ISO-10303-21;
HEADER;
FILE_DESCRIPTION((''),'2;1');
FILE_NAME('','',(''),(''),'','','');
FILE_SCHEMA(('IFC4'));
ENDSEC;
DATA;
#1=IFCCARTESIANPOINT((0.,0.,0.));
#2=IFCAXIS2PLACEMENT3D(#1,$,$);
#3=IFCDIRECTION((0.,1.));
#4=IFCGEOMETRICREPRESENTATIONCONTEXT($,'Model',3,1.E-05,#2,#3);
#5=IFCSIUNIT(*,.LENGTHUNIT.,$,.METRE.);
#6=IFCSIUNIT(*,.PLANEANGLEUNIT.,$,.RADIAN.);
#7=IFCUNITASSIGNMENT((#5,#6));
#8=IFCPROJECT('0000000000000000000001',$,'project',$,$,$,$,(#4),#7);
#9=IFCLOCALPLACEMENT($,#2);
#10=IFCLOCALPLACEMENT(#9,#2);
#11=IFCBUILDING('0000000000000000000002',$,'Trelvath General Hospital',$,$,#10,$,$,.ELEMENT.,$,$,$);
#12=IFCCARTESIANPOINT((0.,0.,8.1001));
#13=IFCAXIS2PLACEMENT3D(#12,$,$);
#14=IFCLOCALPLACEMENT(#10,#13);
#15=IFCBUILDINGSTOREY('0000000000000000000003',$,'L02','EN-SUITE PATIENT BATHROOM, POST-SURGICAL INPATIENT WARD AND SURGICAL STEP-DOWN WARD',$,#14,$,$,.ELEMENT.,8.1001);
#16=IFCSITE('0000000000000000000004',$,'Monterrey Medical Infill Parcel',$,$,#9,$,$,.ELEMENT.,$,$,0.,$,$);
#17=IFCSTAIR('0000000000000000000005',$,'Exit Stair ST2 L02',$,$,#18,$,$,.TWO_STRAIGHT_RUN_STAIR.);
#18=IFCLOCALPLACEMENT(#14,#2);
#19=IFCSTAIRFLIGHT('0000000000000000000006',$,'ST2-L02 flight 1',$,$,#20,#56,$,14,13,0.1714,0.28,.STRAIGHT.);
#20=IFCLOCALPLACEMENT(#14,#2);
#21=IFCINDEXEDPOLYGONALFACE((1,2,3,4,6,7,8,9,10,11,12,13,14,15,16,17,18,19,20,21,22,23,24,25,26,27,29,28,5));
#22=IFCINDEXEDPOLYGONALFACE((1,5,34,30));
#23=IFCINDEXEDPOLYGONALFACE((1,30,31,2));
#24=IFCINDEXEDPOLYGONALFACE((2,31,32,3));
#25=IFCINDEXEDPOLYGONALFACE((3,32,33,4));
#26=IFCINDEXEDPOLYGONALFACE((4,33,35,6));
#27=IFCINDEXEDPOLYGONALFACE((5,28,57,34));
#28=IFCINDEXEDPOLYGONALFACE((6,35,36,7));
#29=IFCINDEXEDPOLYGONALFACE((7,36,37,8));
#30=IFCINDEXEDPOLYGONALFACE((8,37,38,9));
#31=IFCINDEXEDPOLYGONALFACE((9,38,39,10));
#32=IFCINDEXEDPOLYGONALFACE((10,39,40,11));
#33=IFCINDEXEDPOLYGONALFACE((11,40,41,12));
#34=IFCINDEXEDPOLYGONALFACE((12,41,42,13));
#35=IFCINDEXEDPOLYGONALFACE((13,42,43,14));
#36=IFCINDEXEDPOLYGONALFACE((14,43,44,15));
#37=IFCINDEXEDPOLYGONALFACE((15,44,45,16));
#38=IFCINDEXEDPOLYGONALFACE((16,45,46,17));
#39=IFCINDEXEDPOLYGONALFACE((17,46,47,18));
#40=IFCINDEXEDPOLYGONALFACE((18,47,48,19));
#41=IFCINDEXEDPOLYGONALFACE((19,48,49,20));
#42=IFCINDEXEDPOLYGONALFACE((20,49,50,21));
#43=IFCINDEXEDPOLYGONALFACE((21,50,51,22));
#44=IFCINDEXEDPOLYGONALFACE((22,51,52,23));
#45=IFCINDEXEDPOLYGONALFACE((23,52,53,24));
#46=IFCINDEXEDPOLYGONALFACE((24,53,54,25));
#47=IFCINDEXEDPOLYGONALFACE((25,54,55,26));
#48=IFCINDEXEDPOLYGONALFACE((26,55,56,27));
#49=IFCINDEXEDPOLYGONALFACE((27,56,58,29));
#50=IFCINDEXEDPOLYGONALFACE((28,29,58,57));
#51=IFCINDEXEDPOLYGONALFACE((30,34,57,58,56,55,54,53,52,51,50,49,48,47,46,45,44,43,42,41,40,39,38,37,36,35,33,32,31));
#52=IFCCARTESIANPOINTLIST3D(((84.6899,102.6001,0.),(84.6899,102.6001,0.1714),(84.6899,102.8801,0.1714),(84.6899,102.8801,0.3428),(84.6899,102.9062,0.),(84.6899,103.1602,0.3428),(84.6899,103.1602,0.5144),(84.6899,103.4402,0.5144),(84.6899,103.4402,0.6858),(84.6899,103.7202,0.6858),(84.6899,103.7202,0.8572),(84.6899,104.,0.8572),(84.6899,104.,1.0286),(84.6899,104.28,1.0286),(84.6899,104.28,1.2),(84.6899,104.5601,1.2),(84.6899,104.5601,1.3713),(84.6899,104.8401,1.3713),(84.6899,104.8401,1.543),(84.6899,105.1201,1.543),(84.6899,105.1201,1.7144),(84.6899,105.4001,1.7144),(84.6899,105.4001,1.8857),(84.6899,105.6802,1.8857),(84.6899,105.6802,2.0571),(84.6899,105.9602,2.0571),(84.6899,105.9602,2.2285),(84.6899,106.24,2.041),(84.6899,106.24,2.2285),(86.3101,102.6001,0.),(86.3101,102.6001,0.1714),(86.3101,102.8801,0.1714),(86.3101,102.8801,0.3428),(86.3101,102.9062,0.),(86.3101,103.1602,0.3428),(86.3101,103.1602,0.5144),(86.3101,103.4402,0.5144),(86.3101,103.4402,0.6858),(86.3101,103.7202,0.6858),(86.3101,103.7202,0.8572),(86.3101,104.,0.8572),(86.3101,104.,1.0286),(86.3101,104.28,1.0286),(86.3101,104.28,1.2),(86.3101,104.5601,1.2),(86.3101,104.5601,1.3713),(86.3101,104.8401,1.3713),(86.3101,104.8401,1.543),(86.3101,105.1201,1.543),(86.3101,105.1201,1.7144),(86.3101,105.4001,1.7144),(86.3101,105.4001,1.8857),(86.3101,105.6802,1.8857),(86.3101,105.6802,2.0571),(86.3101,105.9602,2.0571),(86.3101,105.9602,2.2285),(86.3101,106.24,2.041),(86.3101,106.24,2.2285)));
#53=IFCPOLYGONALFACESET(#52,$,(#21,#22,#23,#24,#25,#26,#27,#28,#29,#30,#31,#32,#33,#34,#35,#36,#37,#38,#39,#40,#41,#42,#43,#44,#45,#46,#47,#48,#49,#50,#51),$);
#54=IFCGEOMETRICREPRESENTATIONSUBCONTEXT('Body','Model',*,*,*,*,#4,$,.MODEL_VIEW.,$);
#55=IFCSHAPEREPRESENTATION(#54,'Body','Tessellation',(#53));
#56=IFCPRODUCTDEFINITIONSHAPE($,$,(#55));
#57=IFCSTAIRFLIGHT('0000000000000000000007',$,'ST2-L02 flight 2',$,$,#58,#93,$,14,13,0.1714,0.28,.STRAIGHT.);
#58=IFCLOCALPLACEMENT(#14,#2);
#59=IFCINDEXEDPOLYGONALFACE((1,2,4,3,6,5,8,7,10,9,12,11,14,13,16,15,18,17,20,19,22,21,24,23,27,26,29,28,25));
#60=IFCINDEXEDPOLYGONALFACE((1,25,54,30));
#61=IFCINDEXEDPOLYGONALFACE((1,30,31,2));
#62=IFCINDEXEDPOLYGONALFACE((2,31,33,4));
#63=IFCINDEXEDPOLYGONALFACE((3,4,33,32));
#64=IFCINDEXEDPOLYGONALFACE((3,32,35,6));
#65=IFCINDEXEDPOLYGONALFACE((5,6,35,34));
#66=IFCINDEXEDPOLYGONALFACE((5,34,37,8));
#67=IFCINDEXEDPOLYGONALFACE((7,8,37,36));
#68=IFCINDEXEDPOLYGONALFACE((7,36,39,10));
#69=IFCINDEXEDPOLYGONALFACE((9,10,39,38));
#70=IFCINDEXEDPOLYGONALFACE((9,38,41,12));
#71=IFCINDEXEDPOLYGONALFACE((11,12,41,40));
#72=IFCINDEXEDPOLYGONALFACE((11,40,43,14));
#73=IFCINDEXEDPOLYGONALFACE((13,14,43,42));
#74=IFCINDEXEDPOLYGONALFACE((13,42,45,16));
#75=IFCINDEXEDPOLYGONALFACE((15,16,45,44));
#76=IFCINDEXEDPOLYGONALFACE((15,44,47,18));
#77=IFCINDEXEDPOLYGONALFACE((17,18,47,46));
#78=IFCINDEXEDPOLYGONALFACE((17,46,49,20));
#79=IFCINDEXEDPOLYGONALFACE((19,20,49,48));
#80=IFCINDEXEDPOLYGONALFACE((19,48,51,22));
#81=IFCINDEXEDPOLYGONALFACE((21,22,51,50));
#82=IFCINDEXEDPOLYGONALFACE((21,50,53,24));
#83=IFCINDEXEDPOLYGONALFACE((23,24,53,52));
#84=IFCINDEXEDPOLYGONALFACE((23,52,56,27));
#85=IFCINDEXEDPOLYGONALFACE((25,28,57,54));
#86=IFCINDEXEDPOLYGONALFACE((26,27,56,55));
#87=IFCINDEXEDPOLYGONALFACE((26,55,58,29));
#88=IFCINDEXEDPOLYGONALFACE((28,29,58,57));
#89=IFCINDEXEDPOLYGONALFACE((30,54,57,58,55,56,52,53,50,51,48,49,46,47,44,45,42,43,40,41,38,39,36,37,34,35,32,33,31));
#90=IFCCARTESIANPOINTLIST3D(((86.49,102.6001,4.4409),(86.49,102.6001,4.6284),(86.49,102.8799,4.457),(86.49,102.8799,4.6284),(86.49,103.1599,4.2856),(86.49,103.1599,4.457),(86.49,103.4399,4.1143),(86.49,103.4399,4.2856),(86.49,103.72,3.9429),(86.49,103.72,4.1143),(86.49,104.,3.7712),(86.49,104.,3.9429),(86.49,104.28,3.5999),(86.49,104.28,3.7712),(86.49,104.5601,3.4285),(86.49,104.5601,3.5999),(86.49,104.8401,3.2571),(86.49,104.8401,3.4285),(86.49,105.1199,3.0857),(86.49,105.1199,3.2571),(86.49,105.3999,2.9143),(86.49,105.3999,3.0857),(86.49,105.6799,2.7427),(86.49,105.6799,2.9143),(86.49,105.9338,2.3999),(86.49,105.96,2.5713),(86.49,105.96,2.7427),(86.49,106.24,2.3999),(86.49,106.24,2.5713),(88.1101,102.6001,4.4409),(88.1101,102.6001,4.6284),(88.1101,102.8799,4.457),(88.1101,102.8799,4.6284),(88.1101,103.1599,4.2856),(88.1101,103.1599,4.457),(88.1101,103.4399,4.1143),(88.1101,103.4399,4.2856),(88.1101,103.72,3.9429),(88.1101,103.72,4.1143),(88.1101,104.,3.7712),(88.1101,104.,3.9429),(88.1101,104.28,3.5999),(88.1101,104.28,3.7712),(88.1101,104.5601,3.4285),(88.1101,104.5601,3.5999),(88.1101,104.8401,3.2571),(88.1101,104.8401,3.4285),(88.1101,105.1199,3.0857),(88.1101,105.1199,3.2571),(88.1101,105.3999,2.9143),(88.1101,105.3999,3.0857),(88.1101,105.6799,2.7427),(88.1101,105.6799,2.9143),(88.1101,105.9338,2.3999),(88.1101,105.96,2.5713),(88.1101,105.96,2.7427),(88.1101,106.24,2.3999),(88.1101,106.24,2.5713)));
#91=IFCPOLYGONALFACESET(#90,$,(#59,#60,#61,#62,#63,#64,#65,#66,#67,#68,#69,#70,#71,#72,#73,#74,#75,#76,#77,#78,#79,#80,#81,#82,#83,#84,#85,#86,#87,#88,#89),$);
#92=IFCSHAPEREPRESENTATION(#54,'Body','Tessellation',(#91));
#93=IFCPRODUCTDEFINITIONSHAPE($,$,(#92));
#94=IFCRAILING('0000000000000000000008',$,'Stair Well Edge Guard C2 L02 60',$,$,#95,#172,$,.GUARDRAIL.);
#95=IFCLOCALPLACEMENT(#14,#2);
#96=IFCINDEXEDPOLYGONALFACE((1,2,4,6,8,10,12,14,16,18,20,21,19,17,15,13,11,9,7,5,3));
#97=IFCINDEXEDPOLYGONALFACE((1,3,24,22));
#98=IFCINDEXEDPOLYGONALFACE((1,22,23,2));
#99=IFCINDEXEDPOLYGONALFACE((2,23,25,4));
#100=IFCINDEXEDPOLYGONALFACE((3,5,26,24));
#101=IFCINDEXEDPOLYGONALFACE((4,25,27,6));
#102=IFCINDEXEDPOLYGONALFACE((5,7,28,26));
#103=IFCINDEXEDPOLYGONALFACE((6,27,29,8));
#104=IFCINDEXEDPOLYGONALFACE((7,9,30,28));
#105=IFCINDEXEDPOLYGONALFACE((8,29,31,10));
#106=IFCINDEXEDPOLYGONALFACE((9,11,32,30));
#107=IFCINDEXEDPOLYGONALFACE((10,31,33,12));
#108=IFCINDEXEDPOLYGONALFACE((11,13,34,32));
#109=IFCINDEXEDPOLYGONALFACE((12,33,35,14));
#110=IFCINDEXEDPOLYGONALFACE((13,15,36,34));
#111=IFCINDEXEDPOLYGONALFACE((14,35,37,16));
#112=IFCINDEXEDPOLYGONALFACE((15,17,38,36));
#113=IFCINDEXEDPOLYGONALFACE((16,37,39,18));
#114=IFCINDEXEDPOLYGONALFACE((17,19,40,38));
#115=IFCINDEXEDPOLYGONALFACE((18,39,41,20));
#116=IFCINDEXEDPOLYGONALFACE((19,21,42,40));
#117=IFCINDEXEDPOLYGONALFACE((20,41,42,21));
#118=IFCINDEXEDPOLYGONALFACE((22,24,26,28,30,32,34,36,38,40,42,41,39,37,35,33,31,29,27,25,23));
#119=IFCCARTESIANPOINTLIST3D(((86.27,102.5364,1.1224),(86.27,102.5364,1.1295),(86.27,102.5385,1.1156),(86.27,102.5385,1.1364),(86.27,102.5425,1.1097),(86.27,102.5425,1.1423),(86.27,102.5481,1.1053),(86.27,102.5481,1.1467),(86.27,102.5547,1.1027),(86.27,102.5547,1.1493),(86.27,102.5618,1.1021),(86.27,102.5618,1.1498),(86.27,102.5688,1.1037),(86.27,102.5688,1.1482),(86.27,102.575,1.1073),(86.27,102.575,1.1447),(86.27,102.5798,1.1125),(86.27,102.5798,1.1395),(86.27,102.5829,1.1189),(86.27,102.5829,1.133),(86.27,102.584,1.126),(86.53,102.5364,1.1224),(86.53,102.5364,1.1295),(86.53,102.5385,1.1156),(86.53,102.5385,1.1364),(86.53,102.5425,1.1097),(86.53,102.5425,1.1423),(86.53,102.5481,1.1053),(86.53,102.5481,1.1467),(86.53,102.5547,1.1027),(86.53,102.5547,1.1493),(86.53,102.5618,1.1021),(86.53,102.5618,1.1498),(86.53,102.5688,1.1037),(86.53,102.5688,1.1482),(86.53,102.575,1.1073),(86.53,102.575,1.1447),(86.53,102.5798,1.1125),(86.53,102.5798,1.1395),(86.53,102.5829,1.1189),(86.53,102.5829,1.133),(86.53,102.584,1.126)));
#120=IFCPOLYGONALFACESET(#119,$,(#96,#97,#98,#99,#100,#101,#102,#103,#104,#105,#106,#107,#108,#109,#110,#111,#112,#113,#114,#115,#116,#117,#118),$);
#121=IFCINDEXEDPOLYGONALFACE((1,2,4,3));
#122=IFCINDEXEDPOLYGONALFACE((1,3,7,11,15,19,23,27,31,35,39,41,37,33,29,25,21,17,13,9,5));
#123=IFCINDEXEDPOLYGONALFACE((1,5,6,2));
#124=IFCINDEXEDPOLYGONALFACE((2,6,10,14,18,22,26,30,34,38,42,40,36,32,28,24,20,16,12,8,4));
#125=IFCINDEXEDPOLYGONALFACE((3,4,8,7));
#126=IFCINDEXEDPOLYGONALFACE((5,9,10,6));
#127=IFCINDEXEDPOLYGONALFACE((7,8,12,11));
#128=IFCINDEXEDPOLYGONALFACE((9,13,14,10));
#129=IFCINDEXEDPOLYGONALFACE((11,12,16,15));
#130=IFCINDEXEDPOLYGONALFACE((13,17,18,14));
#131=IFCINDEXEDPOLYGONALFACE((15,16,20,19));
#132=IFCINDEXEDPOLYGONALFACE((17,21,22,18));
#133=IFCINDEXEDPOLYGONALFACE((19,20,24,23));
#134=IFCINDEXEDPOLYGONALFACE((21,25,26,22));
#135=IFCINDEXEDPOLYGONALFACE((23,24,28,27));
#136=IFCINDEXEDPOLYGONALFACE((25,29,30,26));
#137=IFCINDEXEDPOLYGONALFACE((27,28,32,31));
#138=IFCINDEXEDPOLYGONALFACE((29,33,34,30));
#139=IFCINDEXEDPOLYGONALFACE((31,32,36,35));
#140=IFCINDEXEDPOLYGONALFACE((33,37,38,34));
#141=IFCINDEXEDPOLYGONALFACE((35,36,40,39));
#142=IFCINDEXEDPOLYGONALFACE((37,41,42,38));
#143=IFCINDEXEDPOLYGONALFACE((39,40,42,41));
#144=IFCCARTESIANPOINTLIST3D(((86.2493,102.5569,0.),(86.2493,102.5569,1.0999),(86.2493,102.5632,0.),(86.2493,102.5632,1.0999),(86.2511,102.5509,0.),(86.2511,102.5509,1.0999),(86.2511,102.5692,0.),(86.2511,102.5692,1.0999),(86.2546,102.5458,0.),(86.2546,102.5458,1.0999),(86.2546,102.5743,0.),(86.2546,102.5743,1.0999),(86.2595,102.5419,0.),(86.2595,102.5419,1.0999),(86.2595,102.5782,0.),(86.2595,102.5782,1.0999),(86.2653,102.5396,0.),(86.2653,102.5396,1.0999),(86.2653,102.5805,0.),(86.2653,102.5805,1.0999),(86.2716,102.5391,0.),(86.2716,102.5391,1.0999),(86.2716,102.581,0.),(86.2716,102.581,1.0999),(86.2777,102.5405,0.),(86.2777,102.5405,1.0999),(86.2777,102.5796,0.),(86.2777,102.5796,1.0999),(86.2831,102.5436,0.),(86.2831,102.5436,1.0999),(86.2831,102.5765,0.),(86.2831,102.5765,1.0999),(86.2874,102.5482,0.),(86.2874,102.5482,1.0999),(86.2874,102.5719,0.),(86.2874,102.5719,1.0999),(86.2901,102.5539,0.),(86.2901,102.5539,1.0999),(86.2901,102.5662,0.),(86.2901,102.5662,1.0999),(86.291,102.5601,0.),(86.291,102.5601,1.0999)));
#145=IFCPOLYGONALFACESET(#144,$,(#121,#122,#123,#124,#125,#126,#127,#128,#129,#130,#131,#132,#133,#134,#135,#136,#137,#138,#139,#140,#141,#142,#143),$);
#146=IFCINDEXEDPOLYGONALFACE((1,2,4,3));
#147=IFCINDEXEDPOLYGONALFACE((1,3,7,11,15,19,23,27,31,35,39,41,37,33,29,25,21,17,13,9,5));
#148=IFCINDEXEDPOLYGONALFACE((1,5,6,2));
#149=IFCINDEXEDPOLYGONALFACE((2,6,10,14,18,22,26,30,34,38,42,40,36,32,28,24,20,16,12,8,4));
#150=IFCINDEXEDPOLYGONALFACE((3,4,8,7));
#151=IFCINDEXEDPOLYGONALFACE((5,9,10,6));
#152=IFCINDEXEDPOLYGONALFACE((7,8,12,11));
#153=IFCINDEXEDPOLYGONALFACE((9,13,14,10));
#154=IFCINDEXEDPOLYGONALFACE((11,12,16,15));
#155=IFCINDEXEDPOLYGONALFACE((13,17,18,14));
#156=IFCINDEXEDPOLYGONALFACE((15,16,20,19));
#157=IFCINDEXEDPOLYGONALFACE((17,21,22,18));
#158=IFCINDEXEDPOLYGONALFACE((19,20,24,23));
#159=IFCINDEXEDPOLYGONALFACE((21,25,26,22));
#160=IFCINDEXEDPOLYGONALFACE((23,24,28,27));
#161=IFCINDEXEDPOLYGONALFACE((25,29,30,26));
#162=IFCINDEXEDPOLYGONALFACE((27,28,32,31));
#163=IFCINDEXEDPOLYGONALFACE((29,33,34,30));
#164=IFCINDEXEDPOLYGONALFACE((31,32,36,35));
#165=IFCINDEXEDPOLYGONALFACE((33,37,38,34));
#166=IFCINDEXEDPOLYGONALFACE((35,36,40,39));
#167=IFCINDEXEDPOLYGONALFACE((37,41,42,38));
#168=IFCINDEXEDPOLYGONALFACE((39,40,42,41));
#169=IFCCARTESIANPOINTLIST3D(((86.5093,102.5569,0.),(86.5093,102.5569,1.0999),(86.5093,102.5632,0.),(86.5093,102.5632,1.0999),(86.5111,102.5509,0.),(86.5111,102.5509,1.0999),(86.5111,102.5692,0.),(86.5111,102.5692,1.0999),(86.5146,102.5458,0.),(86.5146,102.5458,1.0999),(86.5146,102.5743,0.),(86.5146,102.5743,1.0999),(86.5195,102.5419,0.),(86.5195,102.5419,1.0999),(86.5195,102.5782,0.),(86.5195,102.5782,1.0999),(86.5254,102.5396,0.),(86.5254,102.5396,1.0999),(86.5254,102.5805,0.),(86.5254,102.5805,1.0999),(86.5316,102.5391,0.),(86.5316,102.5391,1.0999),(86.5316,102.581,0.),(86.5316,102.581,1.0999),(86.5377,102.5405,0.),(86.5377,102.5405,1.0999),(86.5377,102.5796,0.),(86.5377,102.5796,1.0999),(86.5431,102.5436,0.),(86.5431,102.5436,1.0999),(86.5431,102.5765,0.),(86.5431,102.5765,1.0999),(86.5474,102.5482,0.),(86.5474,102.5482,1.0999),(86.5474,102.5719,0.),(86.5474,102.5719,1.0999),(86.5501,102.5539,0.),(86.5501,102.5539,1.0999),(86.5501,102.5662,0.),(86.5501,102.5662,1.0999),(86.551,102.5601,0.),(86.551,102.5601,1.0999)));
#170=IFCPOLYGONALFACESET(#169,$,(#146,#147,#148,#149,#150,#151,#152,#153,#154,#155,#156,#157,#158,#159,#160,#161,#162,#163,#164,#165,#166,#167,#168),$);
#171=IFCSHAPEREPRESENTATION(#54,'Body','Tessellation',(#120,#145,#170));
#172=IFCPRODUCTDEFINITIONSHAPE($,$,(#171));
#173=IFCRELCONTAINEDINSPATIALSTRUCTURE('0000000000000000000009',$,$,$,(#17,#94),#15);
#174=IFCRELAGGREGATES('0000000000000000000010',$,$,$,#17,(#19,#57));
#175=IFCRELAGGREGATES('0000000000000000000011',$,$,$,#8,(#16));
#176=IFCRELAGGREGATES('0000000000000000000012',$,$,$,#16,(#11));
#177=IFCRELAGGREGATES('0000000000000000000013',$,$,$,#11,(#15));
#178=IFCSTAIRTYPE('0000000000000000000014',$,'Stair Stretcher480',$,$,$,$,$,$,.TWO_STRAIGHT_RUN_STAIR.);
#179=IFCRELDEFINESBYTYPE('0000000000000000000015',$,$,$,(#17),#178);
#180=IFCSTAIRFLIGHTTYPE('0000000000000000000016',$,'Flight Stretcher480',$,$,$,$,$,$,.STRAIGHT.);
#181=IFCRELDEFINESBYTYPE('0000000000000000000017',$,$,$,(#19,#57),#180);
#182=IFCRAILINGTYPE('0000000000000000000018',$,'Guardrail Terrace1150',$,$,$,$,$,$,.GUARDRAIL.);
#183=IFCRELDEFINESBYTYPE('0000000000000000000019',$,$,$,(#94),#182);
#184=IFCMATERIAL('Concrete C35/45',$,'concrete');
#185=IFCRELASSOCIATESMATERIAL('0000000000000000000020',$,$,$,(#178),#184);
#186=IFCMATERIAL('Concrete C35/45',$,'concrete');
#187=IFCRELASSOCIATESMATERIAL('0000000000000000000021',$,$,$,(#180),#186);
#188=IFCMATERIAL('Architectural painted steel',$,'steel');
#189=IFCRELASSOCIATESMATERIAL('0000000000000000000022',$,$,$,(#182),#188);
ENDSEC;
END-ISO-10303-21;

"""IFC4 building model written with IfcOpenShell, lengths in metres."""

from ifc_helpers import new_model, si_unit, direction, frame, origin, origin_2d, place, context, subcontext, project, spatial, polyline, circle, outline, extrude, material, type_object, element, aggregate, save


model = new_model("IFC4")

# Units and contexts
model_context = context("Model", 3, precision=1e-05, world=origin(), true_north=direction((0.0, 1.0)))
body_context = subcontext(model_context, "Body", "Model", "MODEL_VIEW")
ifc_project = project(units=[si_unit("LENGTHUNIT", "METRE"), si_unit("PLANEANGLEUNIT", "RADIAN")], contexts=[model_context])

# Site, building, storey
site_placement = place(None, origin())
site = spatial("IfcSite", under=ifc_project, at=site_placement, Name="Monterrey Medical Infill Parcel", CompositionType="ELEMENT", RefElevation=0.0)
building_placement = place(site_placement, origin())
building = spatial("IfcBuilding", under=site, at=building_placement, Name="Trelvath General Hospital", CompositionType="ELEMENT")
storey_placement = place(building_placement, frame((0.0, 0.0, 8.1001)))
storey = spatial("IfcBuildingStorey", under=building, at=storey_placement, Name="L02", Description="EN-SUITE PATIENT BATHROOM, POST-SURGICAL INPATIENT WARD AND SURGICAL STEP-DOWN WARD", CompositionType="ELEMENT", Elevation=8.1001)

# Stair, stair flights
ifc_material_1 = material(Name="Concrete C35/45", Category="concrete")
stair_type = type_object("IfcStairType", Name="Stair Stretcher480", PredefinedType="TWO_STRAIGHT_RUN_STAIR", material=ifc_material_1)
stair_placement = place(storey_placement, origin())
stair = element("IfcStair", 1, at=stair_placement, inside=storey, type_object=stair_type, Name="Exit Stair ST2 L02", PredefinedType="TWO_STRAIGHT_RUN_STAIR")
ifc_material_2 = material(Name="Concrete C35/45", Category="concrete")
stair_flight_type = type_object("IfcStairFlightType", Name="Flight Stretcher480", PredefinedType="STRAIGHT", material=ifc_material_2)
stair_flight_1_placement = place(storey_placement, frame((85.5, 102.6001, 0.0), z_axis=(0.0, 0.0, 1.0), x_axis=(0.0, 1.0, 0.0)))
stair_flight_1 = element("IfcStairFlight", 2, at=stair_flight_1_placement, type_object=stair_flight_type, Name="ST2-L02 flight 1", NumberOfRisers=14, NumberOfTreads=13, PredefinedType="STRAIGHT", RiserHeight=0.1714, TreadLength=0.28, context=body_context, shape_type="SweptSolid", body=[
    extrude(outline(polyline([(0.0, 0.0), (0.0, 0.1714), (0.28, 0.1714), (0.28, 0.3428), (0.5601, 0.3428), (0.5601, 0.5144), (0.8401, 0.5144), (0.8401, 0.6858), (1.1201, 0.6858), (1.1201, 0.8572), (1.3999, 0.8572), (1.3999, 1.0286), (1.6799, 1.0286), (1.6799, 1.2), (1.96, 1.2), (1.96, 1.3713), (2.24, 1.3713), (2.24, 1.543), (2.52, 1.543), (2.52, 1.7144), (2.8, 1.7144), (2.8, 1.8857), (3.0801, 1.8857), (3.0801, 2.0571), (3.3601, 2.0571), (3.3601, 2.2285), (3.6399, 2.2285), (3.6399, 2.3999), (3.6399, 2.041), (0.3062, 0.0), (0.0, 0.0)])), frame((0.0, 0.8101, 0.0), z_axis=(0.0, -1.0, 0.0), x_axis=(1.0, 0.0, 0.0)), (0.0, 0.0, 1.0), 1.6201),
])
stair_flight_2_placement = place(storey_placement, frame((87.3, 106.24, 2.3999), z_axis=(0.0, 0.0, 1.0), x_axis=(0.0, -1.0, 0.0)))
stair_flight_2 = element("IfcStairFlight", 3, at=stair_flight_2_placement, type_object=stair_flight_type, Name="ST2-L02 flight 2", NumberOfRisers=14, NumberOfTreads=13, PredefinedType="STRAIGHT", RiserHeight=0.1714, TreadLength=0.28, context=body_context, shape_type="SweptSolid", body=[
    extrude(outline(polyline([(0.0, 0.0), (0.0, 0.1714), (0.28, 0.1714), (0.28, 0.3428), (0.5601, 0.3428), (0.5601, 0.5144), (0.8401, 0.5144), (0.8401, 0.6858), (1.1201, 0.6858), (1.1201, 0.8572), (1.3999, 0.8572), (1.3999, 1.0286), (1.6799, 1.0286), (1.6799, 1.2), (1.96, 1.2), (1.96, 1.3713), (2.24, 1.3713), (2.24, 1.543), (2.52, 1.543), (2.52, 1.7144), (2.8, 1.7144), (2.8, 1.8857), (3.0801, 1.8857), (3.0801, 2.0571), (3.3601, 2.0571), (3.3601, 2.2285), (3.6399, 2.2285), (3.6399, 2.3999), (3.6399, 2.041), (0.3062, 0.0), (0.0, 0.0)])), frame((0.0, 0.8101, 0.0), z_axis=(0.0, -1.0, 0.0), x_axis=(1.0, 0.0, 0.0)), (0.0, 0.0, 1.0), 1.6201),
])
aggregate(stair, [stair_flight_1, stair_flight_2])

# Railing
ifc_material_3 = material(Name="Architectural painted steel", Category="steel")
railing_type_1 = type_object("IfcRailingType", Name="Guardrail Terrace1150", PredefinedType="GUARDRAIL", material=ifc_material_3)
railing_1_placement = place(storey_placement, frame((86.27, 102.5601, 0.0)))
element("IfcRailing", 4, at=railing_1_placement, inside=storey, type_object=railing_type_1, Name="Stair Well Edge Guard C2 L02 60", PredefinedType="GUARDRAIL", context=body_context, shape_type="SweptSolid", body=[
    extrude(circle(Radius=0.0239, at=origin_2d()), frame((0.0, 0.0, 1.126), z_axis=(1.0, 0.0, 0.0), x_axis=(0.0, 1.0, 0.0)), (0.0, 0.0, 1.0), 0.26),
    extrude(circle(Radius=0.021, at=origin_2d()), origin(), (0.0, 0.0, 1.0), 1.0999),
    extrude(circle(Radius=0.021, at=origin_2d()), frame((0.26, 0.0, 0.0)), (0.0, 0.0, 1.0), 1.0999),
])

save(model, "model.ifc")
